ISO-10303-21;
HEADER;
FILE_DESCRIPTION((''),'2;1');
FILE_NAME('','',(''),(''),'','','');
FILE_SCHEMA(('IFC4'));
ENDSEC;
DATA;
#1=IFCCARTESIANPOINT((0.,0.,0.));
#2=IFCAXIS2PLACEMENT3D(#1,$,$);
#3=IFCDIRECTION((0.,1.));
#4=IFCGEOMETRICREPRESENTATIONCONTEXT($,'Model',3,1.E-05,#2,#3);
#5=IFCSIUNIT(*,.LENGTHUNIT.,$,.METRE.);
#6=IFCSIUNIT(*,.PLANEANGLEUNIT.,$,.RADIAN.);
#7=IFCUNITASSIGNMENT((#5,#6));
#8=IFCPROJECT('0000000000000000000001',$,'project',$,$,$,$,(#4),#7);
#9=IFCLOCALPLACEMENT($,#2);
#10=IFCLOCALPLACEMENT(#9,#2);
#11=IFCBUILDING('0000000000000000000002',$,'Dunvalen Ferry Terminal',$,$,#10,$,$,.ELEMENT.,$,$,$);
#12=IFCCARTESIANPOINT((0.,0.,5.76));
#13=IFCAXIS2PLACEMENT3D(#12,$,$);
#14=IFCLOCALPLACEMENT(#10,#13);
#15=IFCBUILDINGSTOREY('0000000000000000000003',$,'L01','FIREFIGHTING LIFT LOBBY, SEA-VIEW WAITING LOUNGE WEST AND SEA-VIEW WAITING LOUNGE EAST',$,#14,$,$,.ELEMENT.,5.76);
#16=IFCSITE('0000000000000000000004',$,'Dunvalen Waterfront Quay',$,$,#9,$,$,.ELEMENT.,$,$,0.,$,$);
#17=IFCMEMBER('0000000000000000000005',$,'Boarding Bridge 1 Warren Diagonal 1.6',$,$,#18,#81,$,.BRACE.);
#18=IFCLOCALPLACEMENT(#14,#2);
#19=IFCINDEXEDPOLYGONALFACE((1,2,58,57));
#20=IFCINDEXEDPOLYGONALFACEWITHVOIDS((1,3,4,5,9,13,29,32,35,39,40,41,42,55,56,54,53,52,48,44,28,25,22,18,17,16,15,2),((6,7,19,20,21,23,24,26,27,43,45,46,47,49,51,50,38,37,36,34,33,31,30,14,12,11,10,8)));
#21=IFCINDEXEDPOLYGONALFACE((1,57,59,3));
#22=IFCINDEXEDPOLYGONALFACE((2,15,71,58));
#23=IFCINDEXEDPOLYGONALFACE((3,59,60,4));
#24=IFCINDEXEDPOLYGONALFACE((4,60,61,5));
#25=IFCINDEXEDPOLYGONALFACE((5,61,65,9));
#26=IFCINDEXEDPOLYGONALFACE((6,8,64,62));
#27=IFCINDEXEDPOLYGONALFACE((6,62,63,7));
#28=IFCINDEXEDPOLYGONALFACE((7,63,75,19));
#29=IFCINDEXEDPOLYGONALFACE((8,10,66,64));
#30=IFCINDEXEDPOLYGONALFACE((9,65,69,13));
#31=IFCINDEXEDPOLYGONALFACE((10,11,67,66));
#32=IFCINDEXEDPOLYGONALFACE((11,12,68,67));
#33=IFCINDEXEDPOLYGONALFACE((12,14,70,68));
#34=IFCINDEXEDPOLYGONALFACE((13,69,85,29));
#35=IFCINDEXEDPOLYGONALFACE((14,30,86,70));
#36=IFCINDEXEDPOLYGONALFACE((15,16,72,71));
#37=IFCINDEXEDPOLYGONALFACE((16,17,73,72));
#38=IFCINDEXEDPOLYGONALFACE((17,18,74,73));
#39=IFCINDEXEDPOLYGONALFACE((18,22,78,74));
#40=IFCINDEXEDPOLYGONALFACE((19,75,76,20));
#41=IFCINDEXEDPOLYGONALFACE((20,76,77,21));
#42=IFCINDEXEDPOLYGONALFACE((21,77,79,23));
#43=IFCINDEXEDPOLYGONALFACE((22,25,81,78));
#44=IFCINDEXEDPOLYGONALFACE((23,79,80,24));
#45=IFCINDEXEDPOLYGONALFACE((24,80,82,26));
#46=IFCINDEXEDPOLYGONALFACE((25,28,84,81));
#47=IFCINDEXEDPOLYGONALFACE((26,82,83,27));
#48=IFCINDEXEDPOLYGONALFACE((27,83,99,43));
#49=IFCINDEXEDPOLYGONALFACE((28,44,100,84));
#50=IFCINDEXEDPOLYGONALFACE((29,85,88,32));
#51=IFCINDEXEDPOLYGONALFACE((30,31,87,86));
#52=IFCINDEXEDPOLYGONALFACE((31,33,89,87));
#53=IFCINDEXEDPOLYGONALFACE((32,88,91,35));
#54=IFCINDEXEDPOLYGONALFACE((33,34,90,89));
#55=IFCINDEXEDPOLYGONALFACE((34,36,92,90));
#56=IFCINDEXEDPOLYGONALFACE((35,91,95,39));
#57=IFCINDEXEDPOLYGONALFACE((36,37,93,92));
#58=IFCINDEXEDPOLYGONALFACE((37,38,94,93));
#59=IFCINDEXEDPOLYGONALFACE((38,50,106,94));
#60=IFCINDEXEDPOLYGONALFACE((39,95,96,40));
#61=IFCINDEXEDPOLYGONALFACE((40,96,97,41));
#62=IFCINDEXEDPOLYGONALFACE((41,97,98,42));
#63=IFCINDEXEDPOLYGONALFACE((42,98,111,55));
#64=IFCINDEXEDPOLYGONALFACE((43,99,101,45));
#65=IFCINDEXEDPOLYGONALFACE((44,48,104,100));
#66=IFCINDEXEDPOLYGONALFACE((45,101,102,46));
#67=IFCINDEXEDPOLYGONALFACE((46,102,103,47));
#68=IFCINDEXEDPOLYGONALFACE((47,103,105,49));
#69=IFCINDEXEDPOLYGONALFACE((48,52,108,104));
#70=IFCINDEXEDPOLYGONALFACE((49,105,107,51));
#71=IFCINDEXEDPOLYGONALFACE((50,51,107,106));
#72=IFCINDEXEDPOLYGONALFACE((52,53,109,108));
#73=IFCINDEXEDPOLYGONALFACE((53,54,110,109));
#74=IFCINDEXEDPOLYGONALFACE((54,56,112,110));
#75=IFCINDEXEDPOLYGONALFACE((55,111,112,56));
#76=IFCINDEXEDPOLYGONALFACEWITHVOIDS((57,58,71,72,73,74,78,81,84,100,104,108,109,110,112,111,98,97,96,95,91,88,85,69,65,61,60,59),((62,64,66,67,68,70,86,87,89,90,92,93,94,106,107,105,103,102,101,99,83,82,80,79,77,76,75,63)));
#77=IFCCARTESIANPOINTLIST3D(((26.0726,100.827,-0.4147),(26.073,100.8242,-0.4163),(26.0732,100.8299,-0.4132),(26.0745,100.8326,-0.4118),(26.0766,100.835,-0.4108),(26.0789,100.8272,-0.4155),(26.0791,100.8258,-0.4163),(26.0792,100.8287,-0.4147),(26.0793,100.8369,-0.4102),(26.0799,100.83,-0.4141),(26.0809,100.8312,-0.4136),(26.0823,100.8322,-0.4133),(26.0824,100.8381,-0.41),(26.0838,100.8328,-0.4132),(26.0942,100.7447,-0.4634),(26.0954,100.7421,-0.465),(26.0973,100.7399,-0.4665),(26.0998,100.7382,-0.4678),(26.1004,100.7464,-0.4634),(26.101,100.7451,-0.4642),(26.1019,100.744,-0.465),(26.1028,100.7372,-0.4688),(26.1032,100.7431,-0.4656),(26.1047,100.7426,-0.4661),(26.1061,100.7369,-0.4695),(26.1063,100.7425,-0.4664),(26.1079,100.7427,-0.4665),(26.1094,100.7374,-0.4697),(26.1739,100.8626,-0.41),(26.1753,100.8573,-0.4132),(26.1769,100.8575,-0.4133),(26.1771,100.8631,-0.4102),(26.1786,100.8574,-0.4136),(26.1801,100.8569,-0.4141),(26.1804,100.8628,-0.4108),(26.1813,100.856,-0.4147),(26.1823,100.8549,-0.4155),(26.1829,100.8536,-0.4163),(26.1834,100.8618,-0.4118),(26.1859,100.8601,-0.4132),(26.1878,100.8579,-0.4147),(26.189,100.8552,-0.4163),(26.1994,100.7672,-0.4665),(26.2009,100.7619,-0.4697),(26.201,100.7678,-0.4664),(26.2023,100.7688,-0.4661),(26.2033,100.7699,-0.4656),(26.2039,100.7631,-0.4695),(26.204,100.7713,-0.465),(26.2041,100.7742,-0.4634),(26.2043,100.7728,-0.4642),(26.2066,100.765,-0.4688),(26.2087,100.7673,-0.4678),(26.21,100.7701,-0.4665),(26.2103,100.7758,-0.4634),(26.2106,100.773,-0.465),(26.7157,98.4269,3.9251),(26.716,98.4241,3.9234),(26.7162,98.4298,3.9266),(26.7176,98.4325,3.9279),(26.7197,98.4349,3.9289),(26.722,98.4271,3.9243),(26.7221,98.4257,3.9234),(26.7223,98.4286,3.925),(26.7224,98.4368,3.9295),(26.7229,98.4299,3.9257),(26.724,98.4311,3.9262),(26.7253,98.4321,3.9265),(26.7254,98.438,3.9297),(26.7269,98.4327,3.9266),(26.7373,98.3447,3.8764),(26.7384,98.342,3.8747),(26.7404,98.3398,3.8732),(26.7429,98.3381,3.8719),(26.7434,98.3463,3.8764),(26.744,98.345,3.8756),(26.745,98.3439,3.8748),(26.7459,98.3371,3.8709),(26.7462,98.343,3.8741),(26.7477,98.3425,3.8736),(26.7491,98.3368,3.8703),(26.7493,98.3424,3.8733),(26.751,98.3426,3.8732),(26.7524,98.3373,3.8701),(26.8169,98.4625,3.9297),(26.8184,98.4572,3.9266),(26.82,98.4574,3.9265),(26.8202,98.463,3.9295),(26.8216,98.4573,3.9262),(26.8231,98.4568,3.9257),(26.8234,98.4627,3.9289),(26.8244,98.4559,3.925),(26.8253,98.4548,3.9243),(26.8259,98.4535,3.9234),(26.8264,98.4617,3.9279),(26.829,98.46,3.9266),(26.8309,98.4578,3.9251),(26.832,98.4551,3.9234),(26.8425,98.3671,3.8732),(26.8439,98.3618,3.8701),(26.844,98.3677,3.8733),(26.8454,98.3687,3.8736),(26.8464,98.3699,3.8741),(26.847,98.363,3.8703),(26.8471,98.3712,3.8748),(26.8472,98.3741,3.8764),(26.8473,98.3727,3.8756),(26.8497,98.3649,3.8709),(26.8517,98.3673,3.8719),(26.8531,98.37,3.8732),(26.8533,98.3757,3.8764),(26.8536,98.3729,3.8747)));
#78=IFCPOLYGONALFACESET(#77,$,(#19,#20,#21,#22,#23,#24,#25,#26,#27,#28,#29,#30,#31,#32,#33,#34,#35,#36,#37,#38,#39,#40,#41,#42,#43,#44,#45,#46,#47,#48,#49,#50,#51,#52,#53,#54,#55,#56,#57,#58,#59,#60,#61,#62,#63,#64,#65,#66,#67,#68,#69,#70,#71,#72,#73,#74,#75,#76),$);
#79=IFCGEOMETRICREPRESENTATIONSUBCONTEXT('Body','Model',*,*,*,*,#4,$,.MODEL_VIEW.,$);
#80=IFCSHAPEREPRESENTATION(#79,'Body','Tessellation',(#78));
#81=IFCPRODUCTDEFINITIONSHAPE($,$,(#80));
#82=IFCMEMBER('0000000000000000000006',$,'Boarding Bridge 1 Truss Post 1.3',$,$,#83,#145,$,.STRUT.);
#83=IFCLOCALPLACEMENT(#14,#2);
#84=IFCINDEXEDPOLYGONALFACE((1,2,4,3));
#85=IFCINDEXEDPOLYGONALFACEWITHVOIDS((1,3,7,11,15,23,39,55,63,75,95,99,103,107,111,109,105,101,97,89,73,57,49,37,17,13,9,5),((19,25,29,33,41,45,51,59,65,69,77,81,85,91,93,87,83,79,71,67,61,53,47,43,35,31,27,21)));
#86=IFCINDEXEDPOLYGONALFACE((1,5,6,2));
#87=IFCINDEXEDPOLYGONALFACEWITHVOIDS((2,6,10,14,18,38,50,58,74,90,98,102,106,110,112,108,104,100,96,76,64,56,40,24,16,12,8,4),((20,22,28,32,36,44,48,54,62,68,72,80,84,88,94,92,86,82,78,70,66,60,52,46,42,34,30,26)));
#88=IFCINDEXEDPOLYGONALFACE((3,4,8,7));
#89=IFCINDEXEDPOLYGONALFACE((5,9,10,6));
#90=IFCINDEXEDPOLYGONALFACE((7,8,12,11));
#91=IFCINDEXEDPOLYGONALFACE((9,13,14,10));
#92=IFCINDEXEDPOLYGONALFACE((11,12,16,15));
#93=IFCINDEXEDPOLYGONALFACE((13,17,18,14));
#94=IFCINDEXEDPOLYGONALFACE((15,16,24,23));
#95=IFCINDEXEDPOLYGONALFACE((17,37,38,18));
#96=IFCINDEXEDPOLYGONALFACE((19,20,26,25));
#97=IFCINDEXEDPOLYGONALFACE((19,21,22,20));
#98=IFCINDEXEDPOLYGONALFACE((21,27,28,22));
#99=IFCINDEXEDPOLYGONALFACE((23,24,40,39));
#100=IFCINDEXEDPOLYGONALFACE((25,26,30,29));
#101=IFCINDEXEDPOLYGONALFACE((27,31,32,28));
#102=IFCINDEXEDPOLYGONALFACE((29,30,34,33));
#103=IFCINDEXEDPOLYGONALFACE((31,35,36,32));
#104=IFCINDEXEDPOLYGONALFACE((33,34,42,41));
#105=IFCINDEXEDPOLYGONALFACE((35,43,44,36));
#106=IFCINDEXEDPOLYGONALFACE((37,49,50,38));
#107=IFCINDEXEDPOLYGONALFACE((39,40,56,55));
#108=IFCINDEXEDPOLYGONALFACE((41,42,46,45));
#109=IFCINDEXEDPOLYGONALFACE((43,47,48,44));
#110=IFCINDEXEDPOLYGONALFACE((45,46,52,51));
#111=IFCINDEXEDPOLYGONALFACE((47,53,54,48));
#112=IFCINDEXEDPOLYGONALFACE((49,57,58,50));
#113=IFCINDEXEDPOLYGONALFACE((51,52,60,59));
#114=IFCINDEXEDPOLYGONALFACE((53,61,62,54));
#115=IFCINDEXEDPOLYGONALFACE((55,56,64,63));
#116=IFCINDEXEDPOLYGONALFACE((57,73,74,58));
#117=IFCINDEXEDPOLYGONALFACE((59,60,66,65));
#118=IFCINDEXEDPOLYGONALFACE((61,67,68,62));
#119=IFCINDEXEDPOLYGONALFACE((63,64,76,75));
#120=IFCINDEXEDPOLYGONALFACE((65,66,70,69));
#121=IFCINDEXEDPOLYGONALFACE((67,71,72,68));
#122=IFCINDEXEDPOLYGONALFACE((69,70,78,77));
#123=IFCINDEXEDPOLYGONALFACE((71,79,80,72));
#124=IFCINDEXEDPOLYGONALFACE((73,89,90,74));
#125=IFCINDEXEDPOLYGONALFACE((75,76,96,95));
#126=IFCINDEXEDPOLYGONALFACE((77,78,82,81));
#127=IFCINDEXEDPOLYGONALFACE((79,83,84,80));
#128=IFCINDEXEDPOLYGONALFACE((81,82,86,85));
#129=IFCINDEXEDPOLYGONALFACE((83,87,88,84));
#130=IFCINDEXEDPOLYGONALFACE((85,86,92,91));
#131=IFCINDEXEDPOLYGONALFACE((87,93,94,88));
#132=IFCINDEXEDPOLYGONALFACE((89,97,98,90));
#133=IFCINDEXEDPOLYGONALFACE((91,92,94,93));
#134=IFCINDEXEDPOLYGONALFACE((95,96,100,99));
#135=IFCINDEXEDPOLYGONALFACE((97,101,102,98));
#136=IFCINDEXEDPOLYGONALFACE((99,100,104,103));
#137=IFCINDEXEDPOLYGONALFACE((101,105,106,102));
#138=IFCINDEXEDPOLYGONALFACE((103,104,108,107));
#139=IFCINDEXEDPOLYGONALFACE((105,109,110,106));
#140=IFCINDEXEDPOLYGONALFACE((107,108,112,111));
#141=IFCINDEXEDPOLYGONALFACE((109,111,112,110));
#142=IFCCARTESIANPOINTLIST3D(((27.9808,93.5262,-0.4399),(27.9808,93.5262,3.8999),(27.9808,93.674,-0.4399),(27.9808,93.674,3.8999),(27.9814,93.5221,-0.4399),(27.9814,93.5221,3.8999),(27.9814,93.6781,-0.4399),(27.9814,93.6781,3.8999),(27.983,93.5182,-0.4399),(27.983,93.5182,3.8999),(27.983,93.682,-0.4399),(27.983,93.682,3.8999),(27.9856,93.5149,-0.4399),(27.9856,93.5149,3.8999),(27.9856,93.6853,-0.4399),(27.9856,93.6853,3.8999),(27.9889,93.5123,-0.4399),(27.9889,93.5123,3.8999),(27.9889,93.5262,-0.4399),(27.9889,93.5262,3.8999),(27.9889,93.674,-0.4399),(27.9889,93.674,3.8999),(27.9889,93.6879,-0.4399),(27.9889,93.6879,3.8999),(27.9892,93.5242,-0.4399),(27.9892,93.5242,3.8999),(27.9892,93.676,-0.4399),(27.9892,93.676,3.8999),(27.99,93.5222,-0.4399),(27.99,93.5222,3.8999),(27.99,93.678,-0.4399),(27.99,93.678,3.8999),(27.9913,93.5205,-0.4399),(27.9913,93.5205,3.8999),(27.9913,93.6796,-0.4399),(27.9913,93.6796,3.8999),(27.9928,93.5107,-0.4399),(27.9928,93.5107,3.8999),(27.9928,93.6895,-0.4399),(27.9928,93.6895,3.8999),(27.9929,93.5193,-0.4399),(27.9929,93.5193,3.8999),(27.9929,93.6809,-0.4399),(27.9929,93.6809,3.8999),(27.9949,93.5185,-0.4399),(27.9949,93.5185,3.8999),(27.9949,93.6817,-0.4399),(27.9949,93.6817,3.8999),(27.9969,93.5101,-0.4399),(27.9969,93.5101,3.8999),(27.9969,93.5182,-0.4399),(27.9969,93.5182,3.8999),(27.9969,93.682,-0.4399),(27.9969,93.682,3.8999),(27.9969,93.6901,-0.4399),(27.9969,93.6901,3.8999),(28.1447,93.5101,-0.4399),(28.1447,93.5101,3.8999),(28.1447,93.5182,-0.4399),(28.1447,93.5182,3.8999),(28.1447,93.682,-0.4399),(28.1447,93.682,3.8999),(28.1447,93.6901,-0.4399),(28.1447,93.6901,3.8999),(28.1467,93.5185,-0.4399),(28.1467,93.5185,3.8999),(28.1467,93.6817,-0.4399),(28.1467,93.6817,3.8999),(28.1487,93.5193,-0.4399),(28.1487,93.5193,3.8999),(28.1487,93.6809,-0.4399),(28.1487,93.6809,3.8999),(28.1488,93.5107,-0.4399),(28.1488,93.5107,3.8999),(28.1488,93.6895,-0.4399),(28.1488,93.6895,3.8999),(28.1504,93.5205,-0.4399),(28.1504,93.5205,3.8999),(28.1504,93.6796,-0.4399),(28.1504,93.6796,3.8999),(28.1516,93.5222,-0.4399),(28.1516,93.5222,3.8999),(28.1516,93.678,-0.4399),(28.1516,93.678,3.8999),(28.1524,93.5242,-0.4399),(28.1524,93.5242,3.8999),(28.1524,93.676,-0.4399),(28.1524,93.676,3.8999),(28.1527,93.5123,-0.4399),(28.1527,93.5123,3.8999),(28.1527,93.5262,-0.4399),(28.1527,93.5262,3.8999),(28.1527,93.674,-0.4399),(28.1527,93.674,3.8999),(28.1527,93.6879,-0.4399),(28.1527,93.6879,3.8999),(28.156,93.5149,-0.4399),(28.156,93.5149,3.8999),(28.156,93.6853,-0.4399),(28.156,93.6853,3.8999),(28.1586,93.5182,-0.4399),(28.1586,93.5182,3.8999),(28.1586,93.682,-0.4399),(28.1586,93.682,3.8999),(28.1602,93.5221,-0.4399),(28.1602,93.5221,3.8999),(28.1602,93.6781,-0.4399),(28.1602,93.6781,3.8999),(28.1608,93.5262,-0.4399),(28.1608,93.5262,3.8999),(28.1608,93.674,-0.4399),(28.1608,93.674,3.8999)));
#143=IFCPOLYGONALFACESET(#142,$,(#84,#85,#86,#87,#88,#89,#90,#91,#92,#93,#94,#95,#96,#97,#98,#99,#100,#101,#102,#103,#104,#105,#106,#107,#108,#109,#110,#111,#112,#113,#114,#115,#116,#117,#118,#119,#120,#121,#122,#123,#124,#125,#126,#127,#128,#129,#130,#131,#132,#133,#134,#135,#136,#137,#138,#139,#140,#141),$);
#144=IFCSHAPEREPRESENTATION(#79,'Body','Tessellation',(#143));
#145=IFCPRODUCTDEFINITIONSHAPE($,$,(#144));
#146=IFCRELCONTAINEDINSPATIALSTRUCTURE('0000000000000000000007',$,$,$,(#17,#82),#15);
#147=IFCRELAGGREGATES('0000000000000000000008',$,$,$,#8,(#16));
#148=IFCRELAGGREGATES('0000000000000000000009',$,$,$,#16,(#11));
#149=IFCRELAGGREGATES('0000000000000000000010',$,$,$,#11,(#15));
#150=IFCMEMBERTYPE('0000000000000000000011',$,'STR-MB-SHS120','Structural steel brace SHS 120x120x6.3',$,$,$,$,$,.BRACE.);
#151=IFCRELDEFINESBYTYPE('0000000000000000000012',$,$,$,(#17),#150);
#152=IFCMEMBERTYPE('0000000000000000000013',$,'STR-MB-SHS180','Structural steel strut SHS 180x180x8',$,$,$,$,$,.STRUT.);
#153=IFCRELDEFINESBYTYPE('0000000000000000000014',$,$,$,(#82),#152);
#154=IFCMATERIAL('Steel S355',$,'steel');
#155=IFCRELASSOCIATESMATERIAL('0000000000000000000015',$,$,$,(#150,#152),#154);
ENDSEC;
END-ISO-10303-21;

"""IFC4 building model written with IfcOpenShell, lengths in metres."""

from ifc_helpers import new_model, si_unit, direction, frame, origin, origin_2d, place, context, subcontext, project, spatial, hollow_rectangle, extrude, material, material_profile, profile_set, type_object, element, save


model = new_model("IFC4")

# Units and contexts
model_context = context("Model", 3, precision=1e-05, world=origin(), true_north=direction((0.0, 1.0)))
body_context = subcontext(model_context, "Body", "Model", "MODEL_VIEW")
ifc_project = project(units=[si_unit("LENGTHUNIT", "METRE"), si_unit("PLANEANGLEUNIT", "RADIAN")], contexts=[model_context])

# Site, building, storey
site_placement = place(None, origin())
site = spatial("IfcSite", under=ifc_project, at=site_placement, Name="Dunvalen Waterfront Quay", CompositionType="ELEMENT", RefElevation=0.0)
building_placement = place(site_placement, origin())
building = spatial("IfcBuilding", under=site, at=building_placement, Name="Dunvalen Ferry Terminal", CompositionType="ELEMENT")
storey_placement = place(building_placement, frame((0.0, 0.0, 5.76)))
storey = spatial("IfcBuildingStorey", under=building, at=storey_placement, Name="L01", Description="FIREFIGHTING LIFT LOBBY, SEA-VIEW WAITING LOUNGE WEST AND SEA-VIEW WAITING LOUNGE EAST", CompositionType="ELEMENT", Elevation=5.76)

# Shared definitions
ifc_material_1 = material(Name="Steel S355", Category="steel")

# Members
ifc_material_profile_1 = material_profile(ifc_material_1, hollow_rectangle(XDim=0.1201, YDim=0.1201, WallThickness=0.0063, InnerFilletRadius=0.0063, OuterFilletRadius=0.0127, at=origin_2d()), Name="Steel S355")
ifc_profile_set_1 = profile_set([ifc_material_profile_1], Name="Steel S355")
member_type_1 = type_object("IfcMemberType", Name="STR-MB-SHS120", Description="Structural steel brace SHS 120x120x6.3", PredefinedType="BRACE", material=ifc_profile_set_1)
for number, where, z_axis, x_axis, name in (
    (1, (26.7847, 98.3999, 3.8999), (-0.128591, 0.479948, -0.867822), (-0.965931, -0.2588, 0.0), "Boarding Bridge 1 Warren Diagonal 1.6"),
):
    element("IfcMember", number, at=place(storey_placement, frame(where, z_axis=z_axis, x_axis=x_axis)), inside=storey, type_object=member_type_1, Name=name, PredefinedType="BRACE", context=body_context, shape_type="SweptSolid", body=[
        extrude(hollow_rectangle(XDim=0.1201, YDim=0.1201, WallThickness=0.0063, InnerFilletRadius=0.0063, OuterFilletRadius=0.0127, at=origin_2d()), origin(), (0.0, 0.0, 1.0), 5.0007),
    ])
ifc_material_profile_2 = material_profile(ifc_material_1, hollow_rectangle(XDim=0.1799, YDim=0.1799, WallThickness=0.0081, InnerFilletRadius=0.0081, OuterFilletRadius=0.0161, at=origin_2d()), Name="Steel S355")
ifc_profile_set_2 = profile_set([ifc_material_profile_2], Name="Steel S355")
member_type_2 = type_object("IfcMemberType", Name="STR-MB-SHS180", Description="Structural steel strut SHS 180x180x8", PredefinedType="STRUT", material=ifc_profile_set_2)
for number, where, z_axis, x_axis, name in (
    (2, (28.0708, 93.6001, -0.4399), (0.0, 0.0, 1.0), (1.0, 0.0, 0.0), "Boarding Bridge 1 Truss Post 1.3"),
):
    element("IfcMember", number, at=place(storey_placement, frame(where, z_axis=z_axis, x_axis=x_axis)), inside=storey, type_object=member_type_2, Name=name, PredefinedType="STRUT", context=body_context, shape_type="SweptSolid", body=[
        extrude(hollow_rectangle(XDim=0.1799, YDim=0.1799, WallThickness=0.0081, InnerFilletRadius=0.0081, OuterFilletRadius=0.0161, at=origin_2d()), origin(), (0.0, 0.0, 1.0), 4.3398),
    ])

save(model, "model.ifc")
